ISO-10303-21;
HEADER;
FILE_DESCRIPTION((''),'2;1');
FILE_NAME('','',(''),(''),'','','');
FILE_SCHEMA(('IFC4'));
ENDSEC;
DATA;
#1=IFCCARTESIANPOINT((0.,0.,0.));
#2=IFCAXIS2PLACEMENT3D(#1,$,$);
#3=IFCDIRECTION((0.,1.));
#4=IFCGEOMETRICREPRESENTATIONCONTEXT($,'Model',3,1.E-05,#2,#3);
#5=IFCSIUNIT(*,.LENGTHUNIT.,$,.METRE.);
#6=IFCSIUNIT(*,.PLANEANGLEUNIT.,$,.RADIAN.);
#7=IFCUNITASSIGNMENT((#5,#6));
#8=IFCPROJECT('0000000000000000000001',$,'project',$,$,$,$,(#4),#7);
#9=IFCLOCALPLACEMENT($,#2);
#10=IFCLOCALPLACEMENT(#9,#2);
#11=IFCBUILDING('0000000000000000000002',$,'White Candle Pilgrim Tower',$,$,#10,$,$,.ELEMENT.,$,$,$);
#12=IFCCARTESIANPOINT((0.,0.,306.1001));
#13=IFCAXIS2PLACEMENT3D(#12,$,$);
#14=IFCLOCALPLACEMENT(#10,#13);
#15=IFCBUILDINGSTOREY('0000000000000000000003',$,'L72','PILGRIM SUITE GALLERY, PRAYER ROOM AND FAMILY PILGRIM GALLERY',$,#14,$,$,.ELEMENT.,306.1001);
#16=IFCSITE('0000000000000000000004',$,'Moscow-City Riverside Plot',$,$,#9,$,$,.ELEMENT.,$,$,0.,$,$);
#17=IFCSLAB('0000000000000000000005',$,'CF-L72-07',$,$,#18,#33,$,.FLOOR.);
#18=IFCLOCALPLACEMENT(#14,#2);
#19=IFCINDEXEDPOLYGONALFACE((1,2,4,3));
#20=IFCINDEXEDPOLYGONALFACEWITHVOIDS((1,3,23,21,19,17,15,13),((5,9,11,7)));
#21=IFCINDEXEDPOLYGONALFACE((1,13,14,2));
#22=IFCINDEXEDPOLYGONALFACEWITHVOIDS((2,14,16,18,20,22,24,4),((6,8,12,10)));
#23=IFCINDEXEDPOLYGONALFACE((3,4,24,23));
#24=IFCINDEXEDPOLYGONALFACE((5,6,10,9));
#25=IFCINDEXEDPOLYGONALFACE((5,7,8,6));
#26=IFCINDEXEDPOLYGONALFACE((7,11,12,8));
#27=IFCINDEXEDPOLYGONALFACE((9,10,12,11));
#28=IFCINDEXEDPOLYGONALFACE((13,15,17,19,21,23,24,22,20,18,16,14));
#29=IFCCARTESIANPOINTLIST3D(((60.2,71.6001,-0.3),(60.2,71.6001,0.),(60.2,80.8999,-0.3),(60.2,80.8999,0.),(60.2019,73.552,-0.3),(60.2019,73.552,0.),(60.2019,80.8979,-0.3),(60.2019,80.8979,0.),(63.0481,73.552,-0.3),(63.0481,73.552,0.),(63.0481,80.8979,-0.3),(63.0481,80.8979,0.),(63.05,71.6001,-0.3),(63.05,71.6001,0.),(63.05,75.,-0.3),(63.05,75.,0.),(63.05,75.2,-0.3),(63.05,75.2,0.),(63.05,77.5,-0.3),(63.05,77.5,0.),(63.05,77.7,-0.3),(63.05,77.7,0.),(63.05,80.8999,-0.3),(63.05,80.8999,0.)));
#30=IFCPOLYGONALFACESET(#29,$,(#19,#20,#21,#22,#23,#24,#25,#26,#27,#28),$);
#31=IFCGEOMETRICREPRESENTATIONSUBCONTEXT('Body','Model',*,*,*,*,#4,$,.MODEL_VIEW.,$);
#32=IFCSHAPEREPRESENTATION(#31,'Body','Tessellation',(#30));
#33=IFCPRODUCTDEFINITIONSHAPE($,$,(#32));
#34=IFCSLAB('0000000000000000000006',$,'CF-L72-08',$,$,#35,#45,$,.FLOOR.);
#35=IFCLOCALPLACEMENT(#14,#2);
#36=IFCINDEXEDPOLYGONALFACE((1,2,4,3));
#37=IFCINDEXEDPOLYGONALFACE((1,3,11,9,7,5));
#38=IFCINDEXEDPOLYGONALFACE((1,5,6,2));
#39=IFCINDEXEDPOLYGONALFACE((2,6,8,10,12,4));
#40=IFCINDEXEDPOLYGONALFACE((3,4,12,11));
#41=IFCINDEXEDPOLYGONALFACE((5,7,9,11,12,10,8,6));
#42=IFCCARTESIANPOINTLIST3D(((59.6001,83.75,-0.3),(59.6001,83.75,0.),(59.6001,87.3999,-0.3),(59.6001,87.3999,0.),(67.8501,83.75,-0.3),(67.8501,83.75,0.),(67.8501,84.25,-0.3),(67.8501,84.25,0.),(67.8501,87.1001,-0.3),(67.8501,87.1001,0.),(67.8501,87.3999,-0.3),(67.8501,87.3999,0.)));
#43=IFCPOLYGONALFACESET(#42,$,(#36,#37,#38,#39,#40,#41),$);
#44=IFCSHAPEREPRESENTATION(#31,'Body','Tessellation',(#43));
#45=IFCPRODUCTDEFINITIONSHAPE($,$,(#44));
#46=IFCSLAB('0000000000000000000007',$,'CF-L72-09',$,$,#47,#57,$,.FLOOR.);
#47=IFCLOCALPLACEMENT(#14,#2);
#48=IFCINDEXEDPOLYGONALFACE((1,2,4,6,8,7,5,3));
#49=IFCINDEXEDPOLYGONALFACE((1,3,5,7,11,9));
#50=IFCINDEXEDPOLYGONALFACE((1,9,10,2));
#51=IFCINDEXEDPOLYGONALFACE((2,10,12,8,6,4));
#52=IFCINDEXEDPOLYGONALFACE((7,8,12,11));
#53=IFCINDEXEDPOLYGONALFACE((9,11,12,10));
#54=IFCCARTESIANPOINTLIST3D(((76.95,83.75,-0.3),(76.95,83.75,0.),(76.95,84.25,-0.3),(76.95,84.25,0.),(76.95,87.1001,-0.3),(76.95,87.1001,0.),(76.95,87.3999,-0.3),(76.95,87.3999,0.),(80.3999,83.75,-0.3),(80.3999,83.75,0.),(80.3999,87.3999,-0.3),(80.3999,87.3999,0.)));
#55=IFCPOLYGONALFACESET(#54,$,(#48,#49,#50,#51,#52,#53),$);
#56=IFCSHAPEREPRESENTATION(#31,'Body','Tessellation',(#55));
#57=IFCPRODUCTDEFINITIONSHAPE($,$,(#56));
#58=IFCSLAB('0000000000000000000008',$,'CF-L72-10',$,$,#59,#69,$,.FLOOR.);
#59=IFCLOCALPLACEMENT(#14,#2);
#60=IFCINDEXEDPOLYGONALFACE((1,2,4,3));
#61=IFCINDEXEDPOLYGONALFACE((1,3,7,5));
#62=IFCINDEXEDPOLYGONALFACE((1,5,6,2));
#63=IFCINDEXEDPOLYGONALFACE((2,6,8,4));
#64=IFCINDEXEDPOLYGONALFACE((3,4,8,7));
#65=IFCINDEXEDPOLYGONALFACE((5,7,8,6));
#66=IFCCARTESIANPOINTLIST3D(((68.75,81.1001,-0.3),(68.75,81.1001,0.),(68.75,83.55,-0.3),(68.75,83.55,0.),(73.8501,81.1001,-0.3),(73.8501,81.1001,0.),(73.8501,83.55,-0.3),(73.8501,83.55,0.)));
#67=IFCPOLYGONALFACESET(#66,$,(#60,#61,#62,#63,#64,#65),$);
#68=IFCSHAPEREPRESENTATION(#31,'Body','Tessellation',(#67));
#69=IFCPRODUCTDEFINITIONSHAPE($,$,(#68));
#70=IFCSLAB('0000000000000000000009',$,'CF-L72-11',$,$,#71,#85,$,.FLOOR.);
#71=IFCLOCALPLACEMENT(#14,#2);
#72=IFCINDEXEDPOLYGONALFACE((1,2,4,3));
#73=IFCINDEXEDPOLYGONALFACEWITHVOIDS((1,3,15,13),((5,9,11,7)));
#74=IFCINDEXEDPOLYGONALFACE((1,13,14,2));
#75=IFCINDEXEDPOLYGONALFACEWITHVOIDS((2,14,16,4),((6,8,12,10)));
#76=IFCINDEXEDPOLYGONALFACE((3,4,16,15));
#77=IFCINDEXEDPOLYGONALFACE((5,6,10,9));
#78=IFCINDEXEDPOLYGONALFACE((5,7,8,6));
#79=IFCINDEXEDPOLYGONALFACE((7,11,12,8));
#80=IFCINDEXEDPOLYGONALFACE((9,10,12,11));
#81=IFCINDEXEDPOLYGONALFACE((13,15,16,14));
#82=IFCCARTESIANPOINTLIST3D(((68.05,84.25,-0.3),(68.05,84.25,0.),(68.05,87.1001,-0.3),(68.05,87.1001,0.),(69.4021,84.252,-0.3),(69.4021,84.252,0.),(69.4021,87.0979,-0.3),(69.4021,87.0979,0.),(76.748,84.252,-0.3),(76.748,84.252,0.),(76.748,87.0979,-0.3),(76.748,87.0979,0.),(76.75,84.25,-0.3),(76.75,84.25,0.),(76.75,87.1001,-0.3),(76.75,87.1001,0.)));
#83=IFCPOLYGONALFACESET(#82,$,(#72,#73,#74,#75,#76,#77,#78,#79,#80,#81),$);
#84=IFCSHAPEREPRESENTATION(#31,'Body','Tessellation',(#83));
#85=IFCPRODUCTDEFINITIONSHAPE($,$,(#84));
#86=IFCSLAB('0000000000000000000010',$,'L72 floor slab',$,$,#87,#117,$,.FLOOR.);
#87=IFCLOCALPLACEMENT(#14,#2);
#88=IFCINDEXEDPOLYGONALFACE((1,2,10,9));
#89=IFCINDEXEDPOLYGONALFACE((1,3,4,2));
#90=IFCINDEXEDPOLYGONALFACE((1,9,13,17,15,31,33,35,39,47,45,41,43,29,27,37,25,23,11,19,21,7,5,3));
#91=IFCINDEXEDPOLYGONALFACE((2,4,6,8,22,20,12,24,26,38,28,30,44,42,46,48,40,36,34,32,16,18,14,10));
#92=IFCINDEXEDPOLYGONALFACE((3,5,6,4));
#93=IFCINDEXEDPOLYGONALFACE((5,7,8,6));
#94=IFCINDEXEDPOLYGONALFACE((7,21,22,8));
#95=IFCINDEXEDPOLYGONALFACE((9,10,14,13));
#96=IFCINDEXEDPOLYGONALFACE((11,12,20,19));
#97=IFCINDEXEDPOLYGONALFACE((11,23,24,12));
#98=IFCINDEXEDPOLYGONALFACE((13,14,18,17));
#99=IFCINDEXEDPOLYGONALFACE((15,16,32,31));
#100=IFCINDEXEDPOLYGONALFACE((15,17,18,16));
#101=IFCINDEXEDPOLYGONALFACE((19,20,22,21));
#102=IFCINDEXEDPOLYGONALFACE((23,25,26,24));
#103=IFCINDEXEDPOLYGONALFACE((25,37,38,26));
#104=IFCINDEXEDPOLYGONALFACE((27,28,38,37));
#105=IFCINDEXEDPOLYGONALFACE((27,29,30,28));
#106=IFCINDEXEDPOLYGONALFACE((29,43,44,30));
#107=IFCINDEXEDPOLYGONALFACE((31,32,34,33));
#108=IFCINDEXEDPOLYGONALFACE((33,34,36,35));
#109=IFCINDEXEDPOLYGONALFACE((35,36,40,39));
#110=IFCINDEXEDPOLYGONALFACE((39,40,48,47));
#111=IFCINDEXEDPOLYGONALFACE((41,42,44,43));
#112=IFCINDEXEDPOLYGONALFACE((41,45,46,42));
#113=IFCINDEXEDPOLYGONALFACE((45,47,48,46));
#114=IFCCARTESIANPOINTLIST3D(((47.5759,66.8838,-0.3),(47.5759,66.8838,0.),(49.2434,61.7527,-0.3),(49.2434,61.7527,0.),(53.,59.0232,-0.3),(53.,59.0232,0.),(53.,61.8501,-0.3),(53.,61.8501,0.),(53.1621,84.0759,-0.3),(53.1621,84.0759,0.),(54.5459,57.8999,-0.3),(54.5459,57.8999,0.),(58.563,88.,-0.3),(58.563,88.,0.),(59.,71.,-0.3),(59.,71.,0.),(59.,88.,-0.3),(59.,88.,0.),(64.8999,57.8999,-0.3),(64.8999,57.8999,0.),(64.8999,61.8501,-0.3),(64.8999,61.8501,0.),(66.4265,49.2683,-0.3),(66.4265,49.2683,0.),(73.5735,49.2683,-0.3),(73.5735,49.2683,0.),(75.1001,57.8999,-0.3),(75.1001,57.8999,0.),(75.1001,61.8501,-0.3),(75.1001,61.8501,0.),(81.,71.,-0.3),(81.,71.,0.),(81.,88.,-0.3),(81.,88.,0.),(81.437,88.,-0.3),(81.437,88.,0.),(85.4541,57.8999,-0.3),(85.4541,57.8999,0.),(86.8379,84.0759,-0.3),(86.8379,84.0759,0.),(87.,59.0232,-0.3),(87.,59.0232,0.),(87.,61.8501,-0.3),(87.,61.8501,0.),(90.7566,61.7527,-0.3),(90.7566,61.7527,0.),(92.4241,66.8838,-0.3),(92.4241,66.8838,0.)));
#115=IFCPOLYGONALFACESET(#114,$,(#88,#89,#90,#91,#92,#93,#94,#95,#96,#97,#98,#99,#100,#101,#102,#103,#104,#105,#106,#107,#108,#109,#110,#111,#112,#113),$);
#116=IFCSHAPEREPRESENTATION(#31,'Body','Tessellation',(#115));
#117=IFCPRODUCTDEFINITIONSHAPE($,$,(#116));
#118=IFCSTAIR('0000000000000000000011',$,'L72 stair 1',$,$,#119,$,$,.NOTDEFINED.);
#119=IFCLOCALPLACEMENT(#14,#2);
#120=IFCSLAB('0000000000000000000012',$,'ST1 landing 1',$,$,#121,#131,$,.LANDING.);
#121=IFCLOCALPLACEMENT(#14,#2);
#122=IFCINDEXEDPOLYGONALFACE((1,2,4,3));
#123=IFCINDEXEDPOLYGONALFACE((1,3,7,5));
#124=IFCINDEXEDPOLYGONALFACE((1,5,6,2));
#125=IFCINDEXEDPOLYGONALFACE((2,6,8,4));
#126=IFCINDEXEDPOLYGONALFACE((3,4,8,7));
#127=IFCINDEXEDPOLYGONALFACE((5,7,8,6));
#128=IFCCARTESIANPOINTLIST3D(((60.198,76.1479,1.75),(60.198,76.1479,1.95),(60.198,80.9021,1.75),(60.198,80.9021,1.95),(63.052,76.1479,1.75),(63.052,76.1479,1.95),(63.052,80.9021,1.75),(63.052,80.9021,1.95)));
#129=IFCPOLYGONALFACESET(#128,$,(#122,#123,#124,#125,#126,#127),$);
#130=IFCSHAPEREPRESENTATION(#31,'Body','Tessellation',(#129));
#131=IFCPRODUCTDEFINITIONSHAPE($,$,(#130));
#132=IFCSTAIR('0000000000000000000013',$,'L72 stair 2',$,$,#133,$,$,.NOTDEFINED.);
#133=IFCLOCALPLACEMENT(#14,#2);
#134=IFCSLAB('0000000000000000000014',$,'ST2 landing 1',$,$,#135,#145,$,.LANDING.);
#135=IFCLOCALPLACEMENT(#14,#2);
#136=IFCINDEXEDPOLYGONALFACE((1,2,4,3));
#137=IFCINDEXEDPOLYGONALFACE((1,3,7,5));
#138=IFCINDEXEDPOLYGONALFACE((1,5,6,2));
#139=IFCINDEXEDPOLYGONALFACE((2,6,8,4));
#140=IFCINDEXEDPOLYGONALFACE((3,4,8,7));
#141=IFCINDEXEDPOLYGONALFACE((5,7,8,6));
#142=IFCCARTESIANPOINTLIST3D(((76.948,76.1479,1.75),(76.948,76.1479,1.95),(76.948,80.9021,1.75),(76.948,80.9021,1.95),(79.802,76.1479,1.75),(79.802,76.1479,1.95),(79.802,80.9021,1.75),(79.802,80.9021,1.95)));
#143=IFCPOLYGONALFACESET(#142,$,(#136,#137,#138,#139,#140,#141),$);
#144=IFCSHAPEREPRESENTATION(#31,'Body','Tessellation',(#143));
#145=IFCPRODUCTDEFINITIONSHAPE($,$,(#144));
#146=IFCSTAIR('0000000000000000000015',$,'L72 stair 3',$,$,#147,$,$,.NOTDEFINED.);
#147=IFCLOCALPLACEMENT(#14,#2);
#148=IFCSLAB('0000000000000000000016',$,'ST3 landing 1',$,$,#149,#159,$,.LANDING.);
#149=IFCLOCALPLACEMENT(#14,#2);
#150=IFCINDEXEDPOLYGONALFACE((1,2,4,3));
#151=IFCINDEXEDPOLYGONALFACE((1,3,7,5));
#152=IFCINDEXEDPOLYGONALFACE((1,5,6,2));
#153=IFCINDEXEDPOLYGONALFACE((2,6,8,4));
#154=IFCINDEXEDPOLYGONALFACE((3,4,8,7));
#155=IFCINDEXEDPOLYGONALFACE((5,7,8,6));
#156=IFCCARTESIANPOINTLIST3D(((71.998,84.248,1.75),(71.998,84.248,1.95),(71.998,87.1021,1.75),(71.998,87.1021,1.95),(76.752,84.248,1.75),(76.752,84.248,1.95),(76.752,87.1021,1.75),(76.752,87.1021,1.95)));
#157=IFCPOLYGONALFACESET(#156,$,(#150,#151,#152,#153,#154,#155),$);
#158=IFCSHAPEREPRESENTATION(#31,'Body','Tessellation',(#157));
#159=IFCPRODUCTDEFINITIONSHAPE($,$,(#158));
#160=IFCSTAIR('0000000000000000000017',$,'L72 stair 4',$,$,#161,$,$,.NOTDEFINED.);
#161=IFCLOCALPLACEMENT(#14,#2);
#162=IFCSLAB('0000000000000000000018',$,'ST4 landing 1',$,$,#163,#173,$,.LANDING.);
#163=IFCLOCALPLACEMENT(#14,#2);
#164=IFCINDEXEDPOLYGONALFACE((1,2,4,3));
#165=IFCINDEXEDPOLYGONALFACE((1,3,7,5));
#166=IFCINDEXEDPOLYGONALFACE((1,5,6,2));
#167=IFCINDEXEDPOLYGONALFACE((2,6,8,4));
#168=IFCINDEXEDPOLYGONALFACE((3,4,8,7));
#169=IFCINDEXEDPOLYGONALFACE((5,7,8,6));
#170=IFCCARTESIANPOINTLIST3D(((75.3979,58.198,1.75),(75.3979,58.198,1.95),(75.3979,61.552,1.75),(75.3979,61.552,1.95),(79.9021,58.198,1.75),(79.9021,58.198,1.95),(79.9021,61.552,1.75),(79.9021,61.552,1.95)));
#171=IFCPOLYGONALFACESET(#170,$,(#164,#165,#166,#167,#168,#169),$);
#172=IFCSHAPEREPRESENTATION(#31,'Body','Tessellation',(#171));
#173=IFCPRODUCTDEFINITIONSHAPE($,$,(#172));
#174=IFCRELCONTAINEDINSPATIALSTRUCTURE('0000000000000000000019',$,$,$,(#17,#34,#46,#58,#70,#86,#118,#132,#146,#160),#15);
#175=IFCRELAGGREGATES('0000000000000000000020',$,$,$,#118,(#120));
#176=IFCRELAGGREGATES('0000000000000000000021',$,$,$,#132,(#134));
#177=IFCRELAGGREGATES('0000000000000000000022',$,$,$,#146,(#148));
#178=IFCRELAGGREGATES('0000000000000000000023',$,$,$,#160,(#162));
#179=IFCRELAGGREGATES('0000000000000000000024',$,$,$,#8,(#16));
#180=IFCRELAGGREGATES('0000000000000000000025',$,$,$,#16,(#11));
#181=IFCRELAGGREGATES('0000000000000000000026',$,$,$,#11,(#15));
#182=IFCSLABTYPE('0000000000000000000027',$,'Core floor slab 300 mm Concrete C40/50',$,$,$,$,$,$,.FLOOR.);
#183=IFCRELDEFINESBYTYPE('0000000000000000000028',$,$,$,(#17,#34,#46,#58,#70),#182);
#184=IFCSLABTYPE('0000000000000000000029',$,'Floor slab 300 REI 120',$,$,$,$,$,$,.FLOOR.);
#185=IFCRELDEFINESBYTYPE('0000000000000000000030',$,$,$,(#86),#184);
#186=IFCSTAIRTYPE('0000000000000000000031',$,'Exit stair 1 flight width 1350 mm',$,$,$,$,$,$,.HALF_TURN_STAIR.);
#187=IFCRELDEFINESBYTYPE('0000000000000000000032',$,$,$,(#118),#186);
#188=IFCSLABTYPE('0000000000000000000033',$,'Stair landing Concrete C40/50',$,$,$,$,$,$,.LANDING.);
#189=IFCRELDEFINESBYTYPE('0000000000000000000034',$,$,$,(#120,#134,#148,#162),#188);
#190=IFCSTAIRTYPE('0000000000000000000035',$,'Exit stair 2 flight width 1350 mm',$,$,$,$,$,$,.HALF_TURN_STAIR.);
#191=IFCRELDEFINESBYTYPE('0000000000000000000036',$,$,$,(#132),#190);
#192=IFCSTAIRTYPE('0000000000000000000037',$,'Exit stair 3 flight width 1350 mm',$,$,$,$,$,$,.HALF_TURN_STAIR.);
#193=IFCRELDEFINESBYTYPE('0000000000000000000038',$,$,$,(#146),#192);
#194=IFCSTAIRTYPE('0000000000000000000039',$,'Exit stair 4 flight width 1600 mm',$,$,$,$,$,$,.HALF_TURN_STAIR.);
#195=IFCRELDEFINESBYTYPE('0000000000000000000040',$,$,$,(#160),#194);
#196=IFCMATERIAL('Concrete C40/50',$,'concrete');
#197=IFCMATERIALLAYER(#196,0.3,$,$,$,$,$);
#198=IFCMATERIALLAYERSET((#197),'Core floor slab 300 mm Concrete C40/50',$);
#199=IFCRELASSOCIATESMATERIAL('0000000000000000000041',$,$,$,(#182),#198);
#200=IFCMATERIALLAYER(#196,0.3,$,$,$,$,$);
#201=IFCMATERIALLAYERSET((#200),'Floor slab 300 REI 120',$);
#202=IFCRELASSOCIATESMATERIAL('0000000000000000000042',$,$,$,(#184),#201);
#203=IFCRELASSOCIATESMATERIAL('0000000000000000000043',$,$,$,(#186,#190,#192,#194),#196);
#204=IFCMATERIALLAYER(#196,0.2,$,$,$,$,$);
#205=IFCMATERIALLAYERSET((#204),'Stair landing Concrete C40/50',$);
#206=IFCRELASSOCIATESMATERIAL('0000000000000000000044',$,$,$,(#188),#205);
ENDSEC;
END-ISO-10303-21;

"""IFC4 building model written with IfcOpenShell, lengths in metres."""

from ifc_helpers import new_model, si_unit, direction, frame, origin, place, context, subcontext, project, spatial, polyline, outline, extrude, material, layer, layer_set, type_object, element, aggregate, save


model = new_model("IFC4")

# Units and contexts
model_context = context("Model", 3, precision=1e-05, world=origin(), true_north=direction((0.0, 1.0)))
body_context = subcontext(model_context, "Body", "Model", "MODEL_VIEW")
ifc_project = project(units=[si_unit("LENGTHUNIT", "METRE"), si_unit("PLANEANGLEUNIT", "RADIAN")], contexts=[model_context])

# Site, building, storey
site_placement = place(None, origin())
site = spatial("IfcSite", under=ifc_project, at=site_placement, Name="Moscow-City Riverside Plot", CompositionType="ELEMENT", RefElevation=0.0)
building_placement = place(site_placement, origin())
building = spatial("IfcBuilding", under=site, at=building_placement, Name="White Candle Pilgrim Tower", CompositionType="ELEMENT")
storey_placement = place(building_placement, frame((0.0, 0.0, 306.1001)))
storey = spatial("IfcBuildingStorey", under=building, at=storey_placement, Name="L72", Description="PILGRIM SUITE GALLERY, PRAYER ROOM AND FAMILY PILGRIM GALLERY", CompositionType="ELEMENT", Elevation=306.1001)

# Slabs
ifc_material_1 = material(Name="Concrete C40/50", Category="concrete")
ifc_layer_1 = layer(ifc_material_1, 0.3)
ifc_layer_set_1 = layer_set([ifc_layer_1], Name="Core floor slab 300 mm Concrete C40/50")
slab_type_1 = type_object("IfcSlabType", Name="Core floor slab 300 mm Concrete C40/50", PredefinedType="FLOOR", material=ifc_layer_set_1)
slab_1_placement = place(storey_placement, frame((0.0, 0.0, -0.3)))
element("IfcSlab", 1, at=slab_1_placement, inside=storey, type_object=slab_type_1, Name="CF-L72-07", PredefinedType="FLOOR", context=body_context, shape_type="SweptSolid", body=[
    extrude(outline(polyline([(60.2, 71.6001), (60.2, 80.8999), (63.05, 80.8999), (63.05, 77.7), (63.05, 77.5), (63.05, 75.2), (63.05, 75.0), (63.05, 71.6001), (60.2, 71.6001)]), holes=[polyline([(60.2019, 73.552), (63.0481, 73.552), (63.0481, 80.8979), (60.2019, 80.8979), (60.2019, 73.552)])]), origin(), (0.0, 0.0, 1.0), 0.3),
])
slab_2_placement = place(storey_placement, frame((0.0, 0.0, -0.3)))
element("IfcSlab", 2, at=slab_2_placement, inside=storey, type_object=slab_type_1, Name="CF-L72-08", PredefinedType="FLOOR", context=body_context, shape_type="SweptSolid", body=[
    extrude(outline(polyline([(59.6001, 87.3999), (67.8501, 87.3999), (67.8501, 87.1001), (67.8501, 84.25), (67.8501, 83.75), (59.6001, 83.75), (59.6001, 87.3999)])), origin(), (0.0, 0.0, 1.0), 0.3),
])
slab_3_placement = place(storey_placement, frame((0.0, 0.0, -0.3)))
element("IfcSlab", 3, at=slab_3_placement, inside=storey, type_object=slab_type_1, Name="CF-L72-09", PredefinedType="FLOOR", context=body_context, shape_type="SweptSolid", body=[
    extrude(outline(polyline([(80.3999, 87.3999), (80.3999, 83.75), (76.95, 83.75), (76.95, 84.25), (76.95, 87.1001), (76.95, 87.3999), (80.3999, 87.3999)])), origin(), (0.0, 0.0, 1.0), 0.3),
])
slab_4_placement = place(storey_placement, frame((0.0, 0.0, -0.3)))
element("IfcSlab", 4, at=slab_4_placement, inside=storey, type_object=slab_type_1, Name="CF-L72-10", PredefinedType="FLOOR", context=body_context, shape_type="SweptSolid", body=[
    extrude(outline(polyline([(68.75, 81.1001), (68.75, 83.55), (73.8501, 83.55), (73.8501, 81.1001), (68.75, 81.1001)])), origin(), (0.0, 0.0, 1.0), 0.3),
])
slab_5_placement = place(storey_placement, frame((0.0, 0.0, -0.3)))
element("IfcSlab", 5, at=slab_5_placement, inside=storey, type_object=slab_type_1, Name="CF-L72-11", PredefinedType="FLOOR", context=body_context, shape_type="SweptSolid", body=[
    extrude(outline(polyline([(68.05, 87.1001), (76.75, 87.1001), (76.75, 84.25), (68.05, 84.25), (68.05, 87.1001)]), holes=[polyline([(69.4021, 84.252), (76.748, 84.252), (76.748, 87.0979), (69.4021, 87.0979), (69.4021, 84.252)])]), origin(), (0.0, 0.0, 1.0), 0.3),
])
ifc_layer_2 = layer(ifc_material_1, 0.3)
ifc_layer_set_2 = layer_set([ifc_layer_2], Name="Floor slab 300 REI 120")
slab_type_2 = type_object("IfcSlabType", Name="Floor slab 300 REI 120", PredefinedType="FLOOR", material=ifc_layer_set_2)
slab_6_placement = place(storey_placement, frame((0.0, 0.0, -0.3)))
element("IfcSlab", 6, at=slab_6_placement, inside=storey, type_object=slab_type_2, Name="L72 floor slab", PredefinedType="FLOOR", context=body_context, shape_type="SweptSolid", body=[
    extrude(outline(polyline([(66.4265, 49.2683), (73.5735, 49.2683), (85.4541, 57.8999), (75.1001, 57.8999), (75.1001, 61.8501), (87.0, 61.8501), (87.0, 59.0232), (90.7566, 61.7527), (92.4241, 66.8838), (86.8379, 84.0759), (81.437, 88.0), (81.0, 88.0), (81.0, 71.0), (59.0, 71.0), (59.0, 88.0), (58.563, 88.0), (53.1621, 84.0759), (47.5759, 66.8838), (49.2434, 61.7527), (53.0, 59.0232), (53.0, 61.8501), (64.8999, 61.8501), (64.8999, 57.8999), (54.5459, 57.8999), (66.4265, 49.2683)])), origin(), (0.0, 0.0, 1.0), 0.3),
])

# Stairs, slabs
stair_type_1 = type_object("IfcStairType", Name="Exit stair 1 flight width 1350 mm", PredefinedType="HALF_TURN_STAIR", material=ifc_material_1)
stair_1_placement = place(storey_placement, origin())
stair_1 = element("IfcStair", 7, at=stair_1_placement, inside=storey, type_object=stair_type_1, Name="L72 stair 1", PredefinedType="NOTDEFINED")
ifc_layer_3 = layer(ifc_material_1, 0.2)
ifc_layer_set_3 = layer_set([ifc_layer_3], Name="Stair landing Concrete C40/50")
slab_type_3 = type_object("IfcSlabType", Name="Stair landing Concrete C40/50", PredefinedType="LANDING", material=ifc_layer_set_3)
slab_7_placement = place(storey_placement, frame((0.0, 0.0, 1.75)))
slab_7 = element("IfcSlab", 8, at=slab_7_placement, type_object=slab_type_3, Name="ST1 landing 1", PredefinedType="LANDING", context=body_context, shape_type="SweptSolid", body=[
    extrude(outline(polyline([(63.052, 76.1479), (60.198, 76.1479), (60.198, 80.9021), (63.052, 80.9021), (63.052, 76.1479)])), origin(), (0.0, 0.0, 1.0), 0.2),
])
aggregate(stair_1, [slab_7])
stair_type_2 = type_object("IfcStairType", Name="Exit stair 2 flight width 1350 mm", PredefinedType="HALF_TURN_STAIR", material=ifc_material_1)
stair_2_placement = place(storey_placement, origin())
stair_2 = element("IfcStair", 9, at=stair_2_placement, inside=storey, type_object=stair_type_2, Name="L72 stair 2", PredefinedType="NOTDEFINED")
slab_8_placement = place(storey_placement, frame((0.0, 0.0, 1.75)))
slab_8 = element("IfcSlab", 10, at=slab_8_placement, type_object=slab_type_3, Name="ST2 landing 1", PredefinedType="LANDING", context=body_context, shape_type="SweptSolid", body=[
    extrude(outline(polyline([(79.802, 76.1479), (76.948, 76.1479), (76.948, 80.9021), (79.802, 80.9021), (79.802, 76.1479)])), origin(), (0.0, 0.0, 1.0), 0.2),
])
aggregate(stair_2, [slab_8])
stair_type_3 = type_object("IfcStairType", Name="Exit stair 3 flight width 1350 mm", PredefinedType="HALF_TURN_STAIR", material=ifc_material_1)
stair_3_placement = place(storey_placement, origin())
stair_3 = element("IfcStair", 11, at=stair_3_placement, inside=storey, type_object=stair_type_3, Name="L72 stair 3", PredefinedType="NOTDEFINED")
slab_9_placement = place(storey_placement, frame((0.0, 0.0, 1.75)))
slab_9 = element("IfcSlab", 12, at=slab_9_placement, type_object=slab_type_3, Name="ST3 landing 1", PredefinedType="LANDING", context=body_context, shape_type="SweptSolid", body=[
    extrude(outline(polyline([(71.998, 84.248), (71.998, 87.1021), (76.752, 87.1021), (76.752, 84.248), (71.998, 84.248)])), origin(), (0.0, 0.0, 1.0), 0.2),
])
aggregate(stair_3, [slab_9])
stair_type_4 = type_object("IfcStairType", Name="Exit stair 4 flight width 1600 mm", PredefinedType="HALF_TURN_STAIR", material=ifc_material_1)
stair_4_placement = place(storey_placement, origin())
stair_4 = element("IfcStair", 13, at=stair_4_placement, inside=storey, type_object=stair_type_4, Name="L72 stair 4", PredefinedType="NOTDEFINED")
slab_10_placement = place(storey_placement, frame((0.0, 0.0, 1.75)))
slab_10 = element("IfcSlab", 14, at=slab_10_placement, type_object=slab_type_3, Name="ST4 landing 1", PredefinedType="LANDING", context=body_context, shape_type="SweptSolid", body=[
    extrude(outline(polyline([(79.9021, 61.552), (79.9021, 58.198), (75.3979, 58.198), (75.3979, 61.552), (79.9021, 61.552)])), origin(), (0.0, 0.0, 1.0), 0.2),
])
aggregate(stair_4, [slab_10])

save(model, "model.ifc")
